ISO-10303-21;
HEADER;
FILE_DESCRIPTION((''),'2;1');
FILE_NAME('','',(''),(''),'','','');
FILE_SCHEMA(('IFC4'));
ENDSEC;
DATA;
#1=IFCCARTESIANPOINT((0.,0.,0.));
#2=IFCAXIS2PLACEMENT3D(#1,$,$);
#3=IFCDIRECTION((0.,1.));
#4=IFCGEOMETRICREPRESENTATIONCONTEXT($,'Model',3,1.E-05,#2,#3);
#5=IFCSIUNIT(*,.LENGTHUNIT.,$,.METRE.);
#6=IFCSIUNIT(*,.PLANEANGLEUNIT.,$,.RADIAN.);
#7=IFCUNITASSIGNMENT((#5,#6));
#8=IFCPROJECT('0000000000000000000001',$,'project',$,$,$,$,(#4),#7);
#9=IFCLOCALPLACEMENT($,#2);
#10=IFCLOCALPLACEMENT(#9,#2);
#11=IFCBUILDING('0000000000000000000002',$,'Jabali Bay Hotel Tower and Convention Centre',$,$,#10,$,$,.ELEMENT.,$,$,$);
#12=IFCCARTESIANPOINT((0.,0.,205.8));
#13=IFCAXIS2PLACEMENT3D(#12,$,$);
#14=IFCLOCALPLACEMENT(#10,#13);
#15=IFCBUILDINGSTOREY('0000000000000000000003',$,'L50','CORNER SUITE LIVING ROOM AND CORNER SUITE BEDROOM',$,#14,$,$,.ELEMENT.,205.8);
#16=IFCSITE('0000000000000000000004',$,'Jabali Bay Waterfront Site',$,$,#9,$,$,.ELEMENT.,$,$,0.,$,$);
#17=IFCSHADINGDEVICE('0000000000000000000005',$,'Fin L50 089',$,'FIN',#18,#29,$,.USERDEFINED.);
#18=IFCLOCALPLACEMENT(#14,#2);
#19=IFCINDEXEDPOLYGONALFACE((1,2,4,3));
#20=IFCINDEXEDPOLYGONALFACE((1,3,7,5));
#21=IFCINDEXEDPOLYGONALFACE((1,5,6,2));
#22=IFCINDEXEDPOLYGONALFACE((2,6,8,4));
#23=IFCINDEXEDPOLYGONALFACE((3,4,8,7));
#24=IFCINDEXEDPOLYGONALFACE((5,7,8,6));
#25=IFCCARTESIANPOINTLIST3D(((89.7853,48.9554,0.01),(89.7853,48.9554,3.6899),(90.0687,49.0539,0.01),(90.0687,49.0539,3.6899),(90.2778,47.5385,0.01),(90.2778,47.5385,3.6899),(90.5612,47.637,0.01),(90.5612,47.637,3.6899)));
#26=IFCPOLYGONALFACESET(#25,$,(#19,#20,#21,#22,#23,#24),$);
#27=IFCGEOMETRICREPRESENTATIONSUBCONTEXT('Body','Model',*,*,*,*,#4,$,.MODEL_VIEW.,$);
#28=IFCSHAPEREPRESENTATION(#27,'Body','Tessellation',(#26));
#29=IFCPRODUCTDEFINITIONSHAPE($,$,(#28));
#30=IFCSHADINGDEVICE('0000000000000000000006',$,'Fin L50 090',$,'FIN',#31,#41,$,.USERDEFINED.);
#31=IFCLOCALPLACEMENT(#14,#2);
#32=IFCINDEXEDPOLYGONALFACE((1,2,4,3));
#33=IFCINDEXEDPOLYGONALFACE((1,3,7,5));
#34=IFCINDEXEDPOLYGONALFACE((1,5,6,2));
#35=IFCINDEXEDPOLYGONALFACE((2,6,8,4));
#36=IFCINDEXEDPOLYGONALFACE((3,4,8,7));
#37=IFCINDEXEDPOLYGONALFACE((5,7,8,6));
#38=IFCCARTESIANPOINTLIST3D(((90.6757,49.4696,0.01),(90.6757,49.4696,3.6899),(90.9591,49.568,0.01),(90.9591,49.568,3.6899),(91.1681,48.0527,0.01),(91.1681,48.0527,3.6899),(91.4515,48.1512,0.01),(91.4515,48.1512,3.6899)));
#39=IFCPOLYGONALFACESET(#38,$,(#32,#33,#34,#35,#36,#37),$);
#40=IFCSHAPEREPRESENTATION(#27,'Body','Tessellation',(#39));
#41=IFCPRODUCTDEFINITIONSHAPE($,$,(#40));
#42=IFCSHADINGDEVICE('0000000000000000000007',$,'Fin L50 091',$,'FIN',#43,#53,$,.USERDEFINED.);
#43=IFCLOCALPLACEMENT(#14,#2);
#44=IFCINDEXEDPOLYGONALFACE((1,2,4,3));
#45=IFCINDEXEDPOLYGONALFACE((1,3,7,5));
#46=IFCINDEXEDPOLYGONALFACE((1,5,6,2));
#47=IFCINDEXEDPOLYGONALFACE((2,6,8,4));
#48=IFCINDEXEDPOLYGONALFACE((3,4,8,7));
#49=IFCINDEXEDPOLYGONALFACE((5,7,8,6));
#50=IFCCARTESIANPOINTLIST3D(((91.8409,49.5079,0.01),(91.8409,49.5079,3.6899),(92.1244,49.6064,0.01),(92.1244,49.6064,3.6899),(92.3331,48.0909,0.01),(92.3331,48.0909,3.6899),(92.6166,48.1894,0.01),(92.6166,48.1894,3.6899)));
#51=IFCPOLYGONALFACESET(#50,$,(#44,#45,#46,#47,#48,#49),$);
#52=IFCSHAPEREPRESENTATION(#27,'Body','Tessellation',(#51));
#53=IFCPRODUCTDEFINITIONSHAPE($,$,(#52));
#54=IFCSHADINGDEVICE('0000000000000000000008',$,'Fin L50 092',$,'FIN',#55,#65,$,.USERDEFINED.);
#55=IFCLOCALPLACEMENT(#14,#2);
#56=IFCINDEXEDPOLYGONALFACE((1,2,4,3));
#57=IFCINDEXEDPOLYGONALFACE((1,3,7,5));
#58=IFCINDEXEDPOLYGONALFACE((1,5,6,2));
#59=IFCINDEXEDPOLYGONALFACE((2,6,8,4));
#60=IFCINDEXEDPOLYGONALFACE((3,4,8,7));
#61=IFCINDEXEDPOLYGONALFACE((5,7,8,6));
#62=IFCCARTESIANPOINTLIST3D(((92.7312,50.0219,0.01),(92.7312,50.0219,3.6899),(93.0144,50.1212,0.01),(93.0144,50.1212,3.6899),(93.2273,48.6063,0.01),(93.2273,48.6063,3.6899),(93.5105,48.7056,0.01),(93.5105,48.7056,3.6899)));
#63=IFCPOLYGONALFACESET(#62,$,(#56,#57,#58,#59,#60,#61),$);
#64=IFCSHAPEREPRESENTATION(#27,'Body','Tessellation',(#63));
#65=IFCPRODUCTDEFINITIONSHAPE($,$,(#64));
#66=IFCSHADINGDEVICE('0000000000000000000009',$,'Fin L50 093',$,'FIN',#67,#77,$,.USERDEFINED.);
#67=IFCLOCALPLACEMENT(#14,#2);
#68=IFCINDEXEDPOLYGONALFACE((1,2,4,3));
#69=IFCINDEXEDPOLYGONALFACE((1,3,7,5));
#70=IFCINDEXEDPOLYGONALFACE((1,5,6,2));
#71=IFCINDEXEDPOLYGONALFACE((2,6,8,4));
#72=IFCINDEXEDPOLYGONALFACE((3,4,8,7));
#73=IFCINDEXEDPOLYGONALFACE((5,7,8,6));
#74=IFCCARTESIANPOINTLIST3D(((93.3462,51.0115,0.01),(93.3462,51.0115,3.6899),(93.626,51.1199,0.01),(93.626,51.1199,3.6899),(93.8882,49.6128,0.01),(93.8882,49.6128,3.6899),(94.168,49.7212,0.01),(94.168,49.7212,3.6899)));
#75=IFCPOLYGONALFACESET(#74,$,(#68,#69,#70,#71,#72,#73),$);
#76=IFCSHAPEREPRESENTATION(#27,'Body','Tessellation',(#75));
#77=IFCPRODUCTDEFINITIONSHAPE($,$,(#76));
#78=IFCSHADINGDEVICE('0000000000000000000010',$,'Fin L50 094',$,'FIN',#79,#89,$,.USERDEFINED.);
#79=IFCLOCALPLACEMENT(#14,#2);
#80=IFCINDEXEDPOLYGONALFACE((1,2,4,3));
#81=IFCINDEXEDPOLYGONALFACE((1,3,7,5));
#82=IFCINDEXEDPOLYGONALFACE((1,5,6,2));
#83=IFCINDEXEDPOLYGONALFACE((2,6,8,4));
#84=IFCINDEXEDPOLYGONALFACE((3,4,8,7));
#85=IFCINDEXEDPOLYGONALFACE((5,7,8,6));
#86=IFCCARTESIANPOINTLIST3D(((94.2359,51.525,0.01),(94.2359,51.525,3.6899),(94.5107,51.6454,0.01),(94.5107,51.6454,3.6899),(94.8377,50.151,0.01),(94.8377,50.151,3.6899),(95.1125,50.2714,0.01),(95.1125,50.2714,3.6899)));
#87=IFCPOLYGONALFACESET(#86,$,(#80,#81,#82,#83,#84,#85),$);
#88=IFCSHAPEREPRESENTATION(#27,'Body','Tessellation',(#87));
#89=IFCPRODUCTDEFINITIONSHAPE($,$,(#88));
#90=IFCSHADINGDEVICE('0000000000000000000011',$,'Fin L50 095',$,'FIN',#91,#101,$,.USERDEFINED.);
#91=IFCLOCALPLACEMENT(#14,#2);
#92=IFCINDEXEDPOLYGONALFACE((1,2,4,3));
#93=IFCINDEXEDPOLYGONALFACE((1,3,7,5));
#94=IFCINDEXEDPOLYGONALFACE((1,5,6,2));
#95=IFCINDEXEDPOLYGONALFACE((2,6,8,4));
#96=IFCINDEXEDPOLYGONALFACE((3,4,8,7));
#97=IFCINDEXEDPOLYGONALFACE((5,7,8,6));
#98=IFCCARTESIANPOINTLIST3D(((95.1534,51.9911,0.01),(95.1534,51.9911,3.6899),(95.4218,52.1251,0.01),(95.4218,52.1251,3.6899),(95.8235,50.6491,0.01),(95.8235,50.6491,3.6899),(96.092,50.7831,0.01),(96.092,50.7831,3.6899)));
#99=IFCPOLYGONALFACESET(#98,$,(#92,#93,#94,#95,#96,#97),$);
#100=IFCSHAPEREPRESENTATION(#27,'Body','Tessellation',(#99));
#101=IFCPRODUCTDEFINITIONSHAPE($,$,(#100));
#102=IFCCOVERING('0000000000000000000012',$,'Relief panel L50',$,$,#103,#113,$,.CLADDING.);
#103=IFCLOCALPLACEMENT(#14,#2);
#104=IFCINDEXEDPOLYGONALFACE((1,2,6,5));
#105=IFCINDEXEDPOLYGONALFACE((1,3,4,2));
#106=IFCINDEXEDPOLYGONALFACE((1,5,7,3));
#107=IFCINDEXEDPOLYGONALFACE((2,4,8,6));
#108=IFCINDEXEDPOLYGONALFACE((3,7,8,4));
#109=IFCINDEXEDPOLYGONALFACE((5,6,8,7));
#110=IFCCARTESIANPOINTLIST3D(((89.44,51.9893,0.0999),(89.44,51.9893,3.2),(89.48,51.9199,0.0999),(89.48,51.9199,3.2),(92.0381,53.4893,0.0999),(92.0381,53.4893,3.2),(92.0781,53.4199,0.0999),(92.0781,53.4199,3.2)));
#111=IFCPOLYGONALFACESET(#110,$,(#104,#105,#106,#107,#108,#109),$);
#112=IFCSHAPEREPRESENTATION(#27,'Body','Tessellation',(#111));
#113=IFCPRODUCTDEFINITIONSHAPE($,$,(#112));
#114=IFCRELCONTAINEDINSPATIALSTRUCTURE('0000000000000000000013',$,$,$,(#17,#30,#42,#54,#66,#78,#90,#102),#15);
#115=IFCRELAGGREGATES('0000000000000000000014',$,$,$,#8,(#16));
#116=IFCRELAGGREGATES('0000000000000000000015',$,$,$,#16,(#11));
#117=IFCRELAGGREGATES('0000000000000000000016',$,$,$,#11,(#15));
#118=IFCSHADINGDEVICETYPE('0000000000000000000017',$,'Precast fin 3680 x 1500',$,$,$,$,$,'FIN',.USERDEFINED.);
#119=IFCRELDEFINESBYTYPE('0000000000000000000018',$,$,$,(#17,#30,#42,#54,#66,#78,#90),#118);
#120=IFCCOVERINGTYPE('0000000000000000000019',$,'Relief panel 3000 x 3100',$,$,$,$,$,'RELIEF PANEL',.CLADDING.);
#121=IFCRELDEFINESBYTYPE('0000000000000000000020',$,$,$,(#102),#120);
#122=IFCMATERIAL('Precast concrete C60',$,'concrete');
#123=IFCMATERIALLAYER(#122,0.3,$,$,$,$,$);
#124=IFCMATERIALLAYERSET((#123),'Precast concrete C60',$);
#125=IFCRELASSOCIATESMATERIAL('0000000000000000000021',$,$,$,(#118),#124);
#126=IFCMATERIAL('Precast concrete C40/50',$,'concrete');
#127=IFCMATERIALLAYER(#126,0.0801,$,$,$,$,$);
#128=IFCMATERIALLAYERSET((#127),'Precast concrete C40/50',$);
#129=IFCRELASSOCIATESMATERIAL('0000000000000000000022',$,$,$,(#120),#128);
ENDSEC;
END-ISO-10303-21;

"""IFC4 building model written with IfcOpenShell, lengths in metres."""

from ifc_helpers import new_model, si_unit, direction, frame, frame_2d, origin, origin_2d, place, context, subcontext, project, spatial, rectangle, extrude, material, layer, layer_set, type_object, element, save


model = new_model("IFC4")

# Units and contexts
model_context = context("Model", 3, precision=1e-05, world=origin(), true_north=direction((0.0, 1.0)))
body_context = subcontext(model_context, "Body", "Model", "MODEL_VIEW")
ifc_project = project(units=[si_unit("LENGTHUNIT", "METRE"), si_unit("PLANEANGLEUNIT", "RADIAN")], contexts=[model_context])

# Site, building, storey
site_placement = place(None, origin())
site = spatial("IfcSite", under=ifc_project, at=site_placement, Name="Jabali Bay Waterfront Site", CompositionType="ELEMENT", RefElevation=0.0)
building_placement = place(site_placement, origin())
building = spatial("IfcBuilding", under=site, at=building_placement, Name="Jabali Bay Hotel Tower and Convention Centre", CompositionType="ELEMENT")
storey_placement = place(building_placement, frame((0.0, 0.0, 205.8)))
storey = spatial("IfcBuildingStorey", under=building, at=storey_placement, Name="L50", Description="CORNER SUITE LIVING ROOM AND CORNER SUITE BEDROOM", CompositionType="ELEMENT", Elevation=205.8)

# Shading devices
ifc_material_1 = material(Name="Precast concrete C60", Category="concrete")
ifc_layer_1 = layer(ifc_material_1, 0.3)
ifc_layer_set_1 = layer_set([ifc_layer_1], Name="Precast concrete C60")
shading_device_type_1 = type_object("IfcShadingDeviceType", Name="Precast fin 3680 x 1500", ElementType="FIN", PredefinedType="USERDEFINED", material=ifc_layer_set_1)
for number, where, z_axis, x_axis, name in (
    (1, (89.927, 49.0046, 0.01), (0.0, 0.0, 1.0), (0.328312, -0.944569, 0.0), "Fin L50 089"),
    (2, (90.8174, 49.5188, 0.01), (0.0, 0.0, 1.0), (0.328262, -0.944587, 0.0), "Fin L50 090"),
    (3, (91.9827, 49.5571, 0.01), (0.0, 0.0, 1.0), (0.328117, -0.944637, 0.0), "Fin L50 091"),
    (4, (92.8728, 50.0715, 0.01), (0.0, 0.0, 1.0), (0.330742, -0.943721, 0.0), "Fin L50 092"),
    (5, (93.4861, 51.0657, 0.01), (0.0, 0.0, 1.0), (0.361323, -0.932441, 0.0), "Fin L50 093"),
    (6, (94.3733, 51.5852, 0.01), (0.0, 0.0, 1.0), (0.401194, -0.915993, 0.0), "Fin L50 094"),
    (7, (95.2876, 52.0581, 0.01), (0.0, 0.0, 1.0), (0.446758, -0.894655, 0.0), "Fin L50 095"),
):
    element("IfcShadingDevice", number, at=place(storey_placement, frame(where, z_axis=z_axis, x_axis=x_axis)), inside=storey, type_object=shading_device_type_1, Name=name, ObjectType="FIN", PredefinedType="USERDEFINED", context=body_context, shape_type="SweptSolid", body=[
        extrude(rectangle(XDim=1.5, YDim=0.3, at=frame_2d((0.75, 0.0))), origin(), (0.0, 0.0, 1.0), 3.6799),
    ])

# Covering
ifc_material_2 = material(Name="Precast concrete C40/50", Category="concrete")
ifc_layer_2 = layer(ifc_material_2, 0.0801)
ifc_layer_set_2 = layer_set([ifc_layer_2], Name="Precast concrete C40/50")
covering_type = type_object("IfcCoveringType", Name="Relief panel 3000 x 3100", ElementType="RELIEF PANEL", PredefinedType="CLADDING", material=ifc_layer_set_2)
covering_placement = place(storey_placement, frame((90.759, 52.7046, 0.0999), z_axis=(0.0, 0.0, 1.0), x_axis=(-0.866025, -0.5, 0.0)))
element("IfcCovering", 8, at=covering_placement, inside=storey, type_object=covering_type, Name="Relief panel L50", PredefinedType="CLADDING", context=body_context, shape_type="SweptSolid", body=[
    extrude(rectangle(XDim=3.0, YDim=0.0801, at=origin_2d()), origin(), (0.0, 0.0, 1.0), 3.1001),
])

save(model, "model.ifc")
